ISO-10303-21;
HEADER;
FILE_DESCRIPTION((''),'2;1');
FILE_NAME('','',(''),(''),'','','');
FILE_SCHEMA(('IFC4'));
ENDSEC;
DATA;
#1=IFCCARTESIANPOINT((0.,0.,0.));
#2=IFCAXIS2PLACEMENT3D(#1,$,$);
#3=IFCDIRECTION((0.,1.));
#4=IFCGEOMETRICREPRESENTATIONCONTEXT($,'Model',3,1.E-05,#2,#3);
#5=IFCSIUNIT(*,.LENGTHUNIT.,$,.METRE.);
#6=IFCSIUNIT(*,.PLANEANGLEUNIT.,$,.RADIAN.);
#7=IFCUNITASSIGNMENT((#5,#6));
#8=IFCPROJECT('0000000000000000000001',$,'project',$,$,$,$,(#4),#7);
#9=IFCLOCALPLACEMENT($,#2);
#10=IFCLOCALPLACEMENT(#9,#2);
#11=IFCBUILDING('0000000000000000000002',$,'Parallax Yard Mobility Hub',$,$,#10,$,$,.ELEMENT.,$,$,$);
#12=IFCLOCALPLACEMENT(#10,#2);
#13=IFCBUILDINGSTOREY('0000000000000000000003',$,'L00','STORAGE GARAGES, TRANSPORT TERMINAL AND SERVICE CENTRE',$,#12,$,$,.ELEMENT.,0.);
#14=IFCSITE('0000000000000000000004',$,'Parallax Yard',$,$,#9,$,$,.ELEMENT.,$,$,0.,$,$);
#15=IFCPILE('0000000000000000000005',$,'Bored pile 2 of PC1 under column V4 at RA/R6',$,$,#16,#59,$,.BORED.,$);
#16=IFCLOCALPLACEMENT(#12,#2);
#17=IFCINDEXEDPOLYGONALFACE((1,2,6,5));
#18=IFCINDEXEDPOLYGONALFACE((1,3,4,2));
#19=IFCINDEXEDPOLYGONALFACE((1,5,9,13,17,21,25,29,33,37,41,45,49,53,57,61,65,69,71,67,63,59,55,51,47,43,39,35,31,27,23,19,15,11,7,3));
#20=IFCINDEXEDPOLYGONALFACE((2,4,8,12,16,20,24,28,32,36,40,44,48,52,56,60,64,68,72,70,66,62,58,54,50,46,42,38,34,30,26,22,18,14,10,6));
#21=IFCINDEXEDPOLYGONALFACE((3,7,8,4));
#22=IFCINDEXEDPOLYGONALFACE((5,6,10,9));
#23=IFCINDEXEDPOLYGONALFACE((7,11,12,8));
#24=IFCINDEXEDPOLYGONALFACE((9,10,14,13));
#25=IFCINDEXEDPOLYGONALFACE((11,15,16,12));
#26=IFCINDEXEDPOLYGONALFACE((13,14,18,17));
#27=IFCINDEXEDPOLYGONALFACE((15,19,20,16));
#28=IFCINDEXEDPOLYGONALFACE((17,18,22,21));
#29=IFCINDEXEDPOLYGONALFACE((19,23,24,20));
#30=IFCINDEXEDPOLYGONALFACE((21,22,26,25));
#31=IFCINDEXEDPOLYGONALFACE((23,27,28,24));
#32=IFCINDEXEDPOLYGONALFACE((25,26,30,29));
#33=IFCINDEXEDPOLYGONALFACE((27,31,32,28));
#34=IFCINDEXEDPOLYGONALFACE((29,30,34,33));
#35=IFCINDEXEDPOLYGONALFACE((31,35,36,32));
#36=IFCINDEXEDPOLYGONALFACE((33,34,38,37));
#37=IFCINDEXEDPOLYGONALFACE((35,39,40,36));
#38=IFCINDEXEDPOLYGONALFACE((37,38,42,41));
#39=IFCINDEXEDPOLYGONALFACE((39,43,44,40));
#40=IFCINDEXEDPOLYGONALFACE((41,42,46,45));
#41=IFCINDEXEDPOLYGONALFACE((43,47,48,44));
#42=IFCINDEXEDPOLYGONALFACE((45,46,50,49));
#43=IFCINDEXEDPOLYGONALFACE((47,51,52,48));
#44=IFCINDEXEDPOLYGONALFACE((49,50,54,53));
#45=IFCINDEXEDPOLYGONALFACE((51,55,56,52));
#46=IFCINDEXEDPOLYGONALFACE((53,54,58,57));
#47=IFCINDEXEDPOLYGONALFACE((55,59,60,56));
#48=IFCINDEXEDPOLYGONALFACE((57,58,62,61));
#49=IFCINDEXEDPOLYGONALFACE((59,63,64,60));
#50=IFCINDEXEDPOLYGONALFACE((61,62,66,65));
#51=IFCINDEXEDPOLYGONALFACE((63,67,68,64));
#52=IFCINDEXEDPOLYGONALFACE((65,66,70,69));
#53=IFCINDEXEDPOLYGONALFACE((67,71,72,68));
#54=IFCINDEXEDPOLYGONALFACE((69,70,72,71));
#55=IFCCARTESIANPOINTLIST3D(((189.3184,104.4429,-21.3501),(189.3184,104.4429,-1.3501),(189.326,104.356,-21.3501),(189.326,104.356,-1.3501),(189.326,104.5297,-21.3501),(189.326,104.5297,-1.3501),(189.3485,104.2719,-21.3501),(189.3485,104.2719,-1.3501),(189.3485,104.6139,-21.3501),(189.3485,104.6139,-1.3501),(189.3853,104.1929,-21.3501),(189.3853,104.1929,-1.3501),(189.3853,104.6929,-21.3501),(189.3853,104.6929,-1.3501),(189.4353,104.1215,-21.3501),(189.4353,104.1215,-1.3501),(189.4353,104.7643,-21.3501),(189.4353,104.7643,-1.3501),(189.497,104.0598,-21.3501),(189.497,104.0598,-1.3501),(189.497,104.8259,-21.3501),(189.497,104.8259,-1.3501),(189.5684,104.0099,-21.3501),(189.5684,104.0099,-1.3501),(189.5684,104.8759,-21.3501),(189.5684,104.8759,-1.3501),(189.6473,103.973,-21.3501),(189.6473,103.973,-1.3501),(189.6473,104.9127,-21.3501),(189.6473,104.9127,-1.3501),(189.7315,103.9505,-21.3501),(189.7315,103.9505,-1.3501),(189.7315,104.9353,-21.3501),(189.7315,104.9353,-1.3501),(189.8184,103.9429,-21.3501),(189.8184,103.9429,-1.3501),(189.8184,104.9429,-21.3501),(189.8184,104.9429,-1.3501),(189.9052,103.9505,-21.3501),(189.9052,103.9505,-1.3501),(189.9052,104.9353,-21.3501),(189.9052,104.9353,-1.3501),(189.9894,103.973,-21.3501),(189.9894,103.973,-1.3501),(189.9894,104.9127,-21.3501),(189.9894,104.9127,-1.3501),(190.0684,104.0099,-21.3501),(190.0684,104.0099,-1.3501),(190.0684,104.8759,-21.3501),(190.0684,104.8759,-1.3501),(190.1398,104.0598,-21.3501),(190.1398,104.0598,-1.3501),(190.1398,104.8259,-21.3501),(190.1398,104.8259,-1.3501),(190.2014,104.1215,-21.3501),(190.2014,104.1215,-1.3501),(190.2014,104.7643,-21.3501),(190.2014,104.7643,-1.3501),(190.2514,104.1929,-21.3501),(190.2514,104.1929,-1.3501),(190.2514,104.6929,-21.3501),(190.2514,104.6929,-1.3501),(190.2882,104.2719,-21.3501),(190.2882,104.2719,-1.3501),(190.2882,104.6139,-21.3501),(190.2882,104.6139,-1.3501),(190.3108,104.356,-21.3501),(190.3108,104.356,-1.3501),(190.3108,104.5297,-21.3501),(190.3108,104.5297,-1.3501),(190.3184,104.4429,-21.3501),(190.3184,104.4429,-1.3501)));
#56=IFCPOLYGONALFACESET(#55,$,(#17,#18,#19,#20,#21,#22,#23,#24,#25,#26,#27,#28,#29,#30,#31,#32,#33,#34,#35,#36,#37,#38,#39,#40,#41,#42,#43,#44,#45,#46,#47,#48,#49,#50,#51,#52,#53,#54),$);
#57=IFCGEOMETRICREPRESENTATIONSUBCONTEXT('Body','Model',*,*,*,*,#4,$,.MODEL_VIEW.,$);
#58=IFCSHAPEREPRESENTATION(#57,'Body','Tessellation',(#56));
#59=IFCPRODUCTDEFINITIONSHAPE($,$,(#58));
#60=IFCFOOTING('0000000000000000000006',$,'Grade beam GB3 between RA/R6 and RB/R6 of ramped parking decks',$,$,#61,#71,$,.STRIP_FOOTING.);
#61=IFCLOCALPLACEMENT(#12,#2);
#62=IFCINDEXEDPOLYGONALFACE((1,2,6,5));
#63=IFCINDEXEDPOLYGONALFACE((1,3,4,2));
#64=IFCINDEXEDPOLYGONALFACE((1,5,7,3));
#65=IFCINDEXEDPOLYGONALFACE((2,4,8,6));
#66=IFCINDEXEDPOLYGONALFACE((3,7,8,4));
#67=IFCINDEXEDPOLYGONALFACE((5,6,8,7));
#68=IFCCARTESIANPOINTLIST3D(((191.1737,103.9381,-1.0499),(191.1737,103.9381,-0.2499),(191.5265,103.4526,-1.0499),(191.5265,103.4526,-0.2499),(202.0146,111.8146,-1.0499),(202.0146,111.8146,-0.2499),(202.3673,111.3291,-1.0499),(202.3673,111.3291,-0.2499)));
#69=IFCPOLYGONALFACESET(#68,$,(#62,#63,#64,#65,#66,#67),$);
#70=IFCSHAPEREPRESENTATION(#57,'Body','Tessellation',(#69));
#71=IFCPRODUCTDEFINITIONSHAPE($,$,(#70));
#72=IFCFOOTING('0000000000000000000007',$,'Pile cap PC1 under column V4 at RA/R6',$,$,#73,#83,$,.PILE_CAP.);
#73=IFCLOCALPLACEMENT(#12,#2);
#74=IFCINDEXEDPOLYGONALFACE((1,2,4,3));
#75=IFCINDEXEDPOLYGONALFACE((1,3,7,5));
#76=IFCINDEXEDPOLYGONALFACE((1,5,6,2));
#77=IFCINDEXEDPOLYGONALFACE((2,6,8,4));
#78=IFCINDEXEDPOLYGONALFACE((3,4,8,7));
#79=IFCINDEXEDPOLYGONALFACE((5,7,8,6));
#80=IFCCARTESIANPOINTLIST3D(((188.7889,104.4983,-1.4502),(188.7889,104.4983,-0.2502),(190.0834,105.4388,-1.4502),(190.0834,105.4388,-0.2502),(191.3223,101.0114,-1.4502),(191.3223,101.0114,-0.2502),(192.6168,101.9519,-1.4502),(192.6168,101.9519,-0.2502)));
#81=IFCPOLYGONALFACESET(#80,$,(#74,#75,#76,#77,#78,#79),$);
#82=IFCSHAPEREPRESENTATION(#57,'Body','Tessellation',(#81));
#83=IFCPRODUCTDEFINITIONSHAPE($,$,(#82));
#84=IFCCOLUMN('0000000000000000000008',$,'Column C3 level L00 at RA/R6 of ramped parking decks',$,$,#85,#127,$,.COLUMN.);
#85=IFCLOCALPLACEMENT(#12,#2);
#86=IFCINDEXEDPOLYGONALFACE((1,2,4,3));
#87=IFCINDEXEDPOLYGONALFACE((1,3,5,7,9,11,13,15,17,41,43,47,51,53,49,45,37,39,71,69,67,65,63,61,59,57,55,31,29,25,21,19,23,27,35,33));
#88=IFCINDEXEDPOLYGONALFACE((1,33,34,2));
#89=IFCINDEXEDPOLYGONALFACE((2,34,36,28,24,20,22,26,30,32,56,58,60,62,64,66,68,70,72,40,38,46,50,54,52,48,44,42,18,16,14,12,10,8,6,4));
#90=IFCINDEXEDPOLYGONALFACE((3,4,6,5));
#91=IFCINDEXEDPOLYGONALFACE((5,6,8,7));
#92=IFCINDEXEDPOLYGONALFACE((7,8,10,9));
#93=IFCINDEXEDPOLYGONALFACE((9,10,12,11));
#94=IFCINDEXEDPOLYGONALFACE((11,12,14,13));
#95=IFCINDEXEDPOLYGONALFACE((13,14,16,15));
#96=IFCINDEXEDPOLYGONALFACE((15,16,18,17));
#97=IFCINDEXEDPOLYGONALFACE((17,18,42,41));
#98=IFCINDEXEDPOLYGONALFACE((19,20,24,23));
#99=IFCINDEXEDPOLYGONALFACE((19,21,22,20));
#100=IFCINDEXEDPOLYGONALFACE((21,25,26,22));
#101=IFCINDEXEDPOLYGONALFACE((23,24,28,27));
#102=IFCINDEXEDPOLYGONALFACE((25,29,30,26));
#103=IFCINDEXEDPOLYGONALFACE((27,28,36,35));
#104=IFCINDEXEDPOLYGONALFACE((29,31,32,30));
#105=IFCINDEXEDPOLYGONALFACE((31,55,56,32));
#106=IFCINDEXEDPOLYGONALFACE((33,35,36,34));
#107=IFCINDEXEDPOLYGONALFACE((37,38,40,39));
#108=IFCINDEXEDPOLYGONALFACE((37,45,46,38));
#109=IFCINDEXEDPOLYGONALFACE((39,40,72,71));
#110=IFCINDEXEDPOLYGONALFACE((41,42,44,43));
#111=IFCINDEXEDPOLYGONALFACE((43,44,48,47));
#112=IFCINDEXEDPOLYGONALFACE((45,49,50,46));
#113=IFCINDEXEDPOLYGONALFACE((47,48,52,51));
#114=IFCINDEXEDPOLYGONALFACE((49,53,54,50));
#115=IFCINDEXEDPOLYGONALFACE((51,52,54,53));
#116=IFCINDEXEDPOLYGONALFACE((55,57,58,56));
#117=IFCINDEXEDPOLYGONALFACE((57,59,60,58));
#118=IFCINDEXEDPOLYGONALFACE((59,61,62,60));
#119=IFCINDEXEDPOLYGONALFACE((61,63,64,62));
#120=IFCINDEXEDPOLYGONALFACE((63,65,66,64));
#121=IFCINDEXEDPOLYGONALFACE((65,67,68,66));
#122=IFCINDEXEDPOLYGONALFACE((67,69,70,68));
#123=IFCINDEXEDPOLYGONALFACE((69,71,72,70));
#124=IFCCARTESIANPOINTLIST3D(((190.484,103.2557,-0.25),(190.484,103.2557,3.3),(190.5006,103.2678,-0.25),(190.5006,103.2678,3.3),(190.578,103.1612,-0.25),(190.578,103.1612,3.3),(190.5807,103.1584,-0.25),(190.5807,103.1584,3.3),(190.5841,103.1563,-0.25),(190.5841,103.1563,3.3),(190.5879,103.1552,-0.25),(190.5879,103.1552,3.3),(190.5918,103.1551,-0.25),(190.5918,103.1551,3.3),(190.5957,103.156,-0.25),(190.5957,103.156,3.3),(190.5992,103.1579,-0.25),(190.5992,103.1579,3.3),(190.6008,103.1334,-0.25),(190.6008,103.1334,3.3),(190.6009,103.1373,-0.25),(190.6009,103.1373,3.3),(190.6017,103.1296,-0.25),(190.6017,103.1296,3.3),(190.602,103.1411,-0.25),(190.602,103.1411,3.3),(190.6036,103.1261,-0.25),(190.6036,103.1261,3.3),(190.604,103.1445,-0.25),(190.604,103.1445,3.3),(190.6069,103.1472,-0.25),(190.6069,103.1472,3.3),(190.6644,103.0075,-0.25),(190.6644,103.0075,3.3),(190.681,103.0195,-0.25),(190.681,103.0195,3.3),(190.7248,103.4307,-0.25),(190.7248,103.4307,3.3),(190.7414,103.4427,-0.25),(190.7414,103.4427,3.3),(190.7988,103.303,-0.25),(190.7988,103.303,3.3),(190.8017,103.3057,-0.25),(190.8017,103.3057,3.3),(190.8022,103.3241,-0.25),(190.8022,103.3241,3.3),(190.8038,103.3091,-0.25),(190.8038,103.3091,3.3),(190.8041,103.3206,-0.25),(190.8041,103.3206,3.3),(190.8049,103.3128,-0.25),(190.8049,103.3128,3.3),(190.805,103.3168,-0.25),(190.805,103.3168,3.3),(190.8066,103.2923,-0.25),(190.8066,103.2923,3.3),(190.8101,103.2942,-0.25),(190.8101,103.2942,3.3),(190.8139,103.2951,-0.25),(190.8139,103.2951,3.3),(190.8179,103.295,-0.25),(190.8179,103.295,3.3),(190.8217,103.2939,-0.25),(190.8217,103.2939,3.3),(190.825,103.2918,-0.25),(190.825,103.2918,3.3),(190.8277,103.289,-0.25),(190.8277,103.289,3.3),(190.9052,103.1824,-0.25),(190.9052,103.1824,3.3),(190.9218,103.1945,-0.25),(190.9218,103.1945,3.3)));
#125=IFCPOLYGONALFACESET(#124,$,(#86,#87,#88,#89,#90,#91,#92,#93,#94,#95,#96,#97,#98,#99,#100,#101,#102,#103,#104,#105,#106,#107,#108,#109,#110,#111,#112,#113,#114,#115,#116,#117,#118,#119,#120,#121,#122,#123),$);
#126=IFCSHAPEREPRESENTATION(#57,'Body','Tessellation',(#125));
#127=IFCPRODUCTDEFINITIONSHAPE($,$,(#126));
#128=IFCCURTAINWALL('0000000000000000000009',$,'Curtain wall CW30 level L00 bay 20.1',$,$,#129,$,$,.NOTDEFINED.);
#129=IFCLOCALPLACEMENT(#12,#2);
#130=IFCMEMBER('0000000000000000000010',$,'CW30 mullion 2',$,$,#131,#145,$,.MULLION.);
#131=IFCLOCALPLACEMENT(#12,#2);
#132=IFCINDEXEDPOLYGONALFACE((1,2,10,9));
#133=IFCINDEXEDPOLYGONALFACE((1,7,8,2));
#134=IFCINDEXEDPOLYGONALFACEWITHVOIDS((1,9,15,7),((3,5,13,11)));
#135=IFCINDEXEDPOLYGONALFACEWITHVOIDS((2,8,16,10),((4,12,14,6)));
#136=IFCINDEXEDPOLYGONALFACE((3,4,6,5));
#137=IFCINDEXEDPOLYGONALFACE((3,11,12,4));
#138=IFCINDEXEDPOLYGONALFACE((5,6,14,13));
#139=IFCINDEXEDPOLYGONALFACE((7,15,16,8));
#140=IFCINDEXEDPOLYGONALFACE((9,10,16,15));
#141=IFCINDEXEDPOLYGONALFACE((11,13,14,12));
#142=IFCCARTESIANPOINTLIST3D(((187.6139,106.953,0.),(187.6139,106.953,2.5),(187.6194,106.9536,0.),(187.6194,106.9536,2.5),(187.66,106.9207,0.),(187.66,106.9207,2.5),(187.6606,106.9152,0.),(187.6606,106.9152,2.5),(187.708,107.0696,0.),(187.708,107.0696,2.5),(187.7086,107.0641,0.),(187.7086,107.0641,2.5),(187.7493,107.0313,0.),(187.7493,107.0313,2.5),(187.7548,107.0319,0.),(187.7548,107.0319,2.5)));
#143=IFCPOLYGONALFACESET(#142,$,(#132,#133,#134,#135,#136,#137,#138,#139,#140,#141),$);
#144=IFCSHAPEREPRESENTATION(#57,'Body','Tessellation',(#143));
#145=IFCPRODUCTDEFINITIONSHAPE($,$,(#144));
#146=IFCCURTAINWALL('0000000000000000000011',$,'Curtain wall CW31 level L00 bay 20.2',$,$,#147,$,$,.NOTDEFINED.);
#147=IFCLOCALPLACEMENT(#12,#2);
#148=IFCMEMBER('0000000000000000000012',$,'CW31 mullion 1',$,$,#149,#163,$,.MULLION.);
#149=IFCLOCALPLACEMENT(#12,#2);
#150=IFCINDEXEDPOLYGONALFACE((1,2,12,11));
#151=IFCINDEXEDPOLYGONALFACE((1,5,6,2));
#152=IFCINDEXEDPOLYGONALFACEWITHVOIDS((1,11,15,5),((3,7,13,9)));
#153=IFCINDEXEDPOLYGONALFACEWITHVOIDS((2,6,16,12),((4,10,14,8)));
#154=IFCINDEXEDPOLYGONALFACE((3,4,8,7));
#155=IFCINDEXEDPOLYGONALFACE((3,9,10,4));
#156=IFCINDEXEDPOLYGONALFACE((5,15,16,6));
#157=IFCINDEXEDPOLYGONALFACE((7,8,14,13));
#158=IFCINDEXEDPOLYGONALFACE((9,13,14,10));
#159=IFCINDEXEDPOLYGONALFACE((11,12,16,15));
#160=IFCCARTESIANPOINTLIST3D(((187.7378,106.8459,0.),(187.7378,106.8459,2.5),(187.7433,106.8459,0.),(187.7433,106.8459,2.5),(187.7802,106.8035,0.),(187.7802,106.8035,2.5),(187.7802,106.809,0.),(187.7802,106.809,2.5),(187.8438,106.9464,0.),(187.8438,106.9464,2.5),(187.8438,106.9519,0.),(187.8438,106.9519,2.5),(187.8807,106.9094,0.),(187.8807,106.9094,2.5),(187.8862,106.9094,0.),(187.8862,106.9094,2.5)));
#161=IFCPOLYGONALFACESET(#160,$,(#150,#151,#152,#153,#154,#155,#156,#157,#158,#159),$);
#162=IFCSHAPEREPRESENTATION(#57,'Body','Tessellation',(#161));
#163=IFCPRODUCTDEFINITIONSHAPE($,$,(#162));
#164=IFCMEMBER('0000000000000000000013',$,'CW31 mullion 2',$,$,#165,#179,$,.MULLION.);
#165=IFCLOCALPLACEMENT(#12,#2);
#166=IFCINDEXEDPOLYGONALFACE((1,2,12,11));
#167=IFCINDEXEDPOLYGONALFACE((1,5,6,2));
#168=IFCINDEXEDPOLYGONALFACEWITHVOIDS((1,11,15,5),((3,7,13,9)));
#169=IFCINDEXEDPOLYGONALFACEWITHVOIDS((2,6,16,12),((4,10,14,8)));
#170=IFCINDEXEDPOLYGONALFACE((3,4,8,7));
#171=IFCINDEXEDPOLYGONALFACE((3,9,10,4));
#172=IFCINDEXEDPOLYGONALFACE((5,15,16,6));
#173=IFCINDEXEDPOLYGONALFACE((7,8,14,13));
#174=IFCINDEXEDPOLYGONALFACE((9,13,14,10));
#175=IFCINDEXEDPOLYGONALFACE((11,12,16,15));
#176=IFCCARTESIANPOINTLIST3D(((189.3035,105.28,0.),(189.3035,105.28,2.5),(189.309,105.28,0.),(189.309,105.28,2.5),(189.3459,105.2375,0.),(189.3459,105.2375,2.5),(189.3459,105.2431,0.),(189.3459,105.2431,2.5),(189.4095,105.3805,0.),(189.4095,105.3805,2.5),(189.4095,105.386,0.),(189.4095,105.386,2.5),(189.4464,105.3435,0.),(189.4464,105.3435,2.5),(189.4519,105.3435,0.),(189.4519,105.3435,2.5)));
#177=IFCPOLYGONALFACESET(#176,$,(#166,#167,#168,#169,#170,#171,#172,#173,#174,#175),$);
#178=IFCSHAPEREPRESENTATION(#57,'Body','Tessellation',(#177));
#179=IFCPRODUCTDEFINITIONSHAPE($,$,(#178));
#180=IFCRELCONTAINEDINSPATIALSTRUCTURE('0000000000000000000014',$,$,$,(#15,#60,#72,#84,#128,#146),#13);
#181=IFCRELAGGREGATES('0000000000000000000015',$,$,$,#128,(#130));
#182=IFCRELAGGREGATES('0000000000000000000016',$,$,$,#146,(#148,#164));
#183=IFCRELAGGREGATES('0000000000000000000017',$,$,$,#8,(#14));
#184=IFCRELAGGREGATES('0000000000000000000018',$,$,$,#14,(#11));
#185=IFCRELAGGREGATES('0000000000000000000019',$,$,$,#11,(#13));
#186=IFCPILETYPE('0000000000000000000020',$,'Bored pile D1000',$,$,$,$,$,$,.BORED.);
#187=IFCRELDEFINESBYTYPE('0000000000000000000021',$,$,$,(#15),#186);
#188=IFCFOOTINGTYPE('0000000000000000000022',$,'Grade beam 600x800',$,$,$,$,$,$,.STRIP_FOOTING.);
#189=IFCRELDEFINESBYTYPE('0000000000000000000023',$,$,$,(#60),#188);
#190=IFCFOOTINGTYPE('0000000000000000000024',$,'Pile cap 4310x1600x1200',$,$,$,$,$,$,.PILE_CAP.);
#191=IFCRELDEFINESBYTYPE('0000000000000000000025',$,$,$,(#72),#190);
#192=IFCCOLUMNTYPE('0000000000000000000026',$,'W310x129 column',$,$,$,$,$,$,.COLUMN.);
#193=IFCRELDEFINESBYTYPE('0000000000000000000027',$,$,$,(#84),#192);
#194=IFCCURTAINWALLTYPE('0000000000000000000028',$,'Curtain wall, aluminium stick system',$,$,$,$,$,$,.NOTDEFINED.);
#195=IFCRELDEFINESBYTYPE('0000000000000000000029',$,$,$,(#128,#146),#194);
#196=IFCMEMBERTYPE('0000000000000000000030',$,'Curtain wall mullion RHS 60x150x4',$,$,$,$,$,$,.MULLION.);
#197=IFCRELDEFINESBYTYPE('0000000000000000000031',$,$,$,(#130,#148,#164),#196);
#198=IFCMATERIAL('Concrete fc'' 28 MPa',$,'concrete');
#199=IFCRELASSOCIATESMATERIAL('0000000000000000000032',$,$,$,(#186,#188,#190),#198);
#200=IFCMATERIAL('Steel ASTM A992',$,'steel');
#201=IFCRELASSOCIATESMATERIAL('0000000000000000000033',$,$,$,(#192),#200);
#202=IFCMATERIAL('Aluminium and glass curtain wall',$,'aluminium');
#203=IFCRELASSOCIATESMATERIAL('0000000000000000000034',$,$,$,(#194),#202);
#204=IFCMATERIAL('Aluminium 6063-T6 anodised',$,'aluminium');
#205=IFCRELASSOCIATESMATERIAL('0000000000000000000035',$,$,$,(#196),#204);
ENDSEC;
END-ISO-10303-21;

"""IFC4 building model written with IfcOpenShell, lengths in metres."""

from ifc_helpers import new_model, si_unit, direction, frame, origin, origin_2d, place, context, subcontext, project, spatial, rectangle, hollow_rectangle, circle, i_section, extrude, material, material_profile, profile_set, type_object, element, aggregate, save


model = new_model("IFC4")

# Units and contexts
model_context = context("Model", 3, precision=1e-05, world=origin(), true_north=direction((0.0, 1.0)))
body_context = subcontext(model_context, "Body", "Model", "MODEL_VIEW")
ifc_project = project(units=[si_unit("LENGTHUNIT", "METRE"), si_unit("PLANEANGLEUNIT", "RADIAN")], contexts=[model_context])

# Site, building, storey
site_placement = place(None, origin())
site = spatial("IfcSite", under=ifc_project, at=site_placement, Name="Parallax Yard", CompositionType="ELEMENT", RefElevation=0.0)
building_placement = place(site_placement, origin())
building = spatial("IfcBuilding", under=site, at=building_placement, Name="Parallax Yard Mobility Hub", CompositionType="ELEMENT")
storey_placement = place(building_placement, origin())
storey = spatial("IfcBuildingStorey", under=building, at=storey_placement, Name="L00", Description="STORAGE GARAGES, TRANSPORT TERMINAL AND SERVICE CENTRE", CompositionType="ELEMENT", Elevation=0.0)

# Pile
ifc_material_1 = material(Name="Concrete fc' 28 MPa", Category="concrete")
ifc_material_profile_1 = material_profile(ifc_material_1, circle(Radius=0.5, at=origin_2d()), Name="Bored pile D1000")
ifc_profile_set_1 = profile_set([ifc_material_profile_1], Name="Concrete fc' 28 MPa")
pile_type = type_object("IfcPileType", Name="Bored pile D1000", PredefinedType="BORED", material=ifc_profile_set_1)
pile_placement = place(storey_placement, frame((189.8184, 104.4429, -1.3501), z_axis=(0.0, 0.0, -1.0), x_axis=(1.0, 0.0, 0.0)))
element("IfcPile", 1, at=pile_placement, inside=storey, type_object=pile_type, Name="Bored pile 2 of PC1 under column V4 at RA/R6", PredefinedType="BORED", context=body_context, shape_type="SweptSolid", body=[
    extrude(circle(Radius=0.5, at=origin_2d()), origin(), (0.0, 0.0, 1.0), 20.0),
])

# Footings
ifc_material_profile_2 = material_profile(ifc_material_1, rectangle(XDim=0.6001, YDim=0.8, at=origin_2d()), Name="Grade beam 600x800")
ifc_profile_set_2 = profile_set([ifc_material_profile_2], Name="Concrete fc' 28 MPa")
footing_type_1 = type_object("IfcFootingType", Name="Grade beam 600x800", PredefinedType="STRIP_FOOTING", material=ifc_profile_set_2)
footing_1_placement = place(storey_placement, frame((191.3501, 103.6953, -0.6499), z_axis=(0.809012, 0.587792, 0.0), x_axis=(-0.587792, 0.809012, 0.0)))
element("IfcFooting", 2, at=footing_1_placement, inside=storey, type_object=footing_type_1, Name="Grade beam GB3 between RA/R6 and RB/R6 of ramped parking decks", PredefinedType="STRIP_FOOTING", context=body_context, shape_type="SweptSolid", body=[
    extrude(rectangle(XDim=0.6001, YDim=0.8, at=origin_2d()), origin(), (0.0, 0.0, 1.0), 13.4001),
])
footing_type_2 = type_object("IfcFootingType", Name="Pile cap 4310x1600x1200", PredefinedType="PILE_CAP", material=ifc_material_1)
footing_2_placement = place(storey_placement, frame((190.7029, 103.2251, -1.4502), z_axis=(0.0, 0.0, 1.0), x_axis=(-0.587785, 0.809017, 0.0)))
element("IfcFooting", 3, at=footing_2_placement, inside=storey, type_object=footing_type_2, Name="Pile cap PC1 under column V4 at RA/R6", PredefinedType="PILE_CAP", context=body_context, shape_type="SweptSolid", body=[
    extrude(rectangle(XDim=4.3101, YDim=1.6001, at=origin_2d()), origin(), (0.0, 0.0, 1.0), 1.2),
])

# Column
ifc_material_2 = material(Name="Steel ASTM A992", Category="steel")
ifc_material_profile_3 = material_profile(ifc_material_2, i_section(OverallWidth=0.3069, OverallDepth=0.3181, WebThickness=0.0132, FlangeThickness=0.0205, FilletRadius=0.0151, at=origin_2d()), Name="W310x129")
ifc_profile_set_3 = profile_set([ifc_material_profile_3], Name="Steel ASTM A992")
column_type = type_object("IfcColumnType", Name="W310x129 column", PredefinedType="COLUMN", material=ifc_profile_set_3)
column_placement = place(storey_placement, frame((190.7029, 103.2251, -0.25), z_axis=(0.0, 0.0, 1.0), x_axis=(-0.587785, 0.809017, 0.0)))
element("IfcColumn", 4, at=column_placement, inside=storey, type_object=column_type, Name="Column C3 level L00 at RA/R6 of ramped parking decks", PredefinedType="COLUMN", context=body_context, shape_type="SweptSolid", body=[
    extrude(i_section(OverallWidth=0.3069, OverallDepth=0.3181, WebThickness=0.0132, FlangeThickness=0.0205, FilletRadius=0.0151, at=origin_2d()), origin(), (0.0, 0.0, 1.0), 3.55),
])

# Curtain wall, member
ifc_material_3 = material(Name="Aluminium and glass curtain wall", Category="aluminium")
curtain_wall_type = type_object("IfcCurtainWallType", Name="Curtain wall, aluminium stick system", PredefinedType="NOTDEFINED", material=ifc_material_3)
curtain_wall_1_placement = place(storey_placement, origin())
curtain_wall_1 = element("IfcCurtainWall", 5, at=curtain_wall_1_placement, inside=storey, type_object=curtain_wall_type, Name="Curtain wall CW30 level L00 bay 20.1", PredefinedType="NOTDEFINED")
ifc_material_4 = material(Name="Aluminium 6063-T6 anodised", Category="aluminium")
ifc_material_profile_4 = material_profile(ifc_material_4, hollow_rectangle(XDim=0.1499, YDim=0.0601, WallThickness=0.0039, at=origin_2d()), Name="RHS 60x150x4")
ifc_profile_set_4 = profile_set([ifc_material_profile_4], Name="Aluminium 6063-T6 anodised")
member_type_1 = type_object("IfcMemberType", Name="Curtain wall mullion RHS 60x150x4", PredefinedType="MULLION", material=ifc_profile_set_4)
member_1_placement = place(storey_placement, frame((187.6843, 106.9924, 0.0), z_axis=(0.0, 0.0, 1.0), x_axis=(0.628067, 0.77816, 0.0)))
member_1 = element("IfcMember", 6, at=member_1_placement, type_object=member_type_1, Name="CW30 mullion 2", PredefinedType="MULLION", context=body_context, shape_type="SweptSolid", body=[
    extrude(hollow_rectangle(XDim=0.1499, YDim=0.0601, WallThickness=0.0039, at=origin_2d()), origin(), (0.0, 0.0, 1.0), 2.5),
])
aggregate(curtain_wall_1, [member_1])

# Curtain wall, members
curtain_wall_2_placement = place(storey_placement, origin())
curtain_wall_2 = element("IfcCurtainWall", 7, at=curtain_wall_2_placement, inside=storey, type_object=curtain_wall_type, Name="Curtain wall CW31 level L00 bay 20.2", PredefinedType="NOTDEFINED")
member_2_placement = place(storey_placement, frame((187.812, 106.8777, 0.0), z_axis=(0.0, 0.0, 1.0), x_axis=(0.707129, 0.707085, 0.0)))
member_2 = element("IfcMember", 8, at=member_2_placement, type_object=member_type_1, Name="CW31 mullion 1", PredefinedType="MULLION", context=body_context, shape_type="SweptSolid", body=[
    extrude(hollow_rectangle(XDim=0.1499, YDim=0.0601, WallThickness=0.0039, at=origin_2d()), origin(), (0.0, 0.0, 1.0), 2.5),
])
member_3_placement = place(storey_placement, frame((189.3777, 105.3118, 0.0), z_axis=(0.0, 0.0, 1.0), x_axis=(0.707129, 0.707085, 0.0)))
member_3 = element("IfcMember", 9, at=member_3_placement, type_object=member_type_1, Name="CW31 mullion 2", PredefinedType="MULLION", context=body_context, shape_type="SweptSolid", body=[
    extrude(hollow_rectangle(XDim=0.1499, YDim=0.0601, WallThickness=0.0039, at=origin_2d()), origin(), (0.0, 0.0, 1.0), 2.5),
])

aggregate(curtain_wall_2, [member_2, member_3])

save(model, "model.ifc")
